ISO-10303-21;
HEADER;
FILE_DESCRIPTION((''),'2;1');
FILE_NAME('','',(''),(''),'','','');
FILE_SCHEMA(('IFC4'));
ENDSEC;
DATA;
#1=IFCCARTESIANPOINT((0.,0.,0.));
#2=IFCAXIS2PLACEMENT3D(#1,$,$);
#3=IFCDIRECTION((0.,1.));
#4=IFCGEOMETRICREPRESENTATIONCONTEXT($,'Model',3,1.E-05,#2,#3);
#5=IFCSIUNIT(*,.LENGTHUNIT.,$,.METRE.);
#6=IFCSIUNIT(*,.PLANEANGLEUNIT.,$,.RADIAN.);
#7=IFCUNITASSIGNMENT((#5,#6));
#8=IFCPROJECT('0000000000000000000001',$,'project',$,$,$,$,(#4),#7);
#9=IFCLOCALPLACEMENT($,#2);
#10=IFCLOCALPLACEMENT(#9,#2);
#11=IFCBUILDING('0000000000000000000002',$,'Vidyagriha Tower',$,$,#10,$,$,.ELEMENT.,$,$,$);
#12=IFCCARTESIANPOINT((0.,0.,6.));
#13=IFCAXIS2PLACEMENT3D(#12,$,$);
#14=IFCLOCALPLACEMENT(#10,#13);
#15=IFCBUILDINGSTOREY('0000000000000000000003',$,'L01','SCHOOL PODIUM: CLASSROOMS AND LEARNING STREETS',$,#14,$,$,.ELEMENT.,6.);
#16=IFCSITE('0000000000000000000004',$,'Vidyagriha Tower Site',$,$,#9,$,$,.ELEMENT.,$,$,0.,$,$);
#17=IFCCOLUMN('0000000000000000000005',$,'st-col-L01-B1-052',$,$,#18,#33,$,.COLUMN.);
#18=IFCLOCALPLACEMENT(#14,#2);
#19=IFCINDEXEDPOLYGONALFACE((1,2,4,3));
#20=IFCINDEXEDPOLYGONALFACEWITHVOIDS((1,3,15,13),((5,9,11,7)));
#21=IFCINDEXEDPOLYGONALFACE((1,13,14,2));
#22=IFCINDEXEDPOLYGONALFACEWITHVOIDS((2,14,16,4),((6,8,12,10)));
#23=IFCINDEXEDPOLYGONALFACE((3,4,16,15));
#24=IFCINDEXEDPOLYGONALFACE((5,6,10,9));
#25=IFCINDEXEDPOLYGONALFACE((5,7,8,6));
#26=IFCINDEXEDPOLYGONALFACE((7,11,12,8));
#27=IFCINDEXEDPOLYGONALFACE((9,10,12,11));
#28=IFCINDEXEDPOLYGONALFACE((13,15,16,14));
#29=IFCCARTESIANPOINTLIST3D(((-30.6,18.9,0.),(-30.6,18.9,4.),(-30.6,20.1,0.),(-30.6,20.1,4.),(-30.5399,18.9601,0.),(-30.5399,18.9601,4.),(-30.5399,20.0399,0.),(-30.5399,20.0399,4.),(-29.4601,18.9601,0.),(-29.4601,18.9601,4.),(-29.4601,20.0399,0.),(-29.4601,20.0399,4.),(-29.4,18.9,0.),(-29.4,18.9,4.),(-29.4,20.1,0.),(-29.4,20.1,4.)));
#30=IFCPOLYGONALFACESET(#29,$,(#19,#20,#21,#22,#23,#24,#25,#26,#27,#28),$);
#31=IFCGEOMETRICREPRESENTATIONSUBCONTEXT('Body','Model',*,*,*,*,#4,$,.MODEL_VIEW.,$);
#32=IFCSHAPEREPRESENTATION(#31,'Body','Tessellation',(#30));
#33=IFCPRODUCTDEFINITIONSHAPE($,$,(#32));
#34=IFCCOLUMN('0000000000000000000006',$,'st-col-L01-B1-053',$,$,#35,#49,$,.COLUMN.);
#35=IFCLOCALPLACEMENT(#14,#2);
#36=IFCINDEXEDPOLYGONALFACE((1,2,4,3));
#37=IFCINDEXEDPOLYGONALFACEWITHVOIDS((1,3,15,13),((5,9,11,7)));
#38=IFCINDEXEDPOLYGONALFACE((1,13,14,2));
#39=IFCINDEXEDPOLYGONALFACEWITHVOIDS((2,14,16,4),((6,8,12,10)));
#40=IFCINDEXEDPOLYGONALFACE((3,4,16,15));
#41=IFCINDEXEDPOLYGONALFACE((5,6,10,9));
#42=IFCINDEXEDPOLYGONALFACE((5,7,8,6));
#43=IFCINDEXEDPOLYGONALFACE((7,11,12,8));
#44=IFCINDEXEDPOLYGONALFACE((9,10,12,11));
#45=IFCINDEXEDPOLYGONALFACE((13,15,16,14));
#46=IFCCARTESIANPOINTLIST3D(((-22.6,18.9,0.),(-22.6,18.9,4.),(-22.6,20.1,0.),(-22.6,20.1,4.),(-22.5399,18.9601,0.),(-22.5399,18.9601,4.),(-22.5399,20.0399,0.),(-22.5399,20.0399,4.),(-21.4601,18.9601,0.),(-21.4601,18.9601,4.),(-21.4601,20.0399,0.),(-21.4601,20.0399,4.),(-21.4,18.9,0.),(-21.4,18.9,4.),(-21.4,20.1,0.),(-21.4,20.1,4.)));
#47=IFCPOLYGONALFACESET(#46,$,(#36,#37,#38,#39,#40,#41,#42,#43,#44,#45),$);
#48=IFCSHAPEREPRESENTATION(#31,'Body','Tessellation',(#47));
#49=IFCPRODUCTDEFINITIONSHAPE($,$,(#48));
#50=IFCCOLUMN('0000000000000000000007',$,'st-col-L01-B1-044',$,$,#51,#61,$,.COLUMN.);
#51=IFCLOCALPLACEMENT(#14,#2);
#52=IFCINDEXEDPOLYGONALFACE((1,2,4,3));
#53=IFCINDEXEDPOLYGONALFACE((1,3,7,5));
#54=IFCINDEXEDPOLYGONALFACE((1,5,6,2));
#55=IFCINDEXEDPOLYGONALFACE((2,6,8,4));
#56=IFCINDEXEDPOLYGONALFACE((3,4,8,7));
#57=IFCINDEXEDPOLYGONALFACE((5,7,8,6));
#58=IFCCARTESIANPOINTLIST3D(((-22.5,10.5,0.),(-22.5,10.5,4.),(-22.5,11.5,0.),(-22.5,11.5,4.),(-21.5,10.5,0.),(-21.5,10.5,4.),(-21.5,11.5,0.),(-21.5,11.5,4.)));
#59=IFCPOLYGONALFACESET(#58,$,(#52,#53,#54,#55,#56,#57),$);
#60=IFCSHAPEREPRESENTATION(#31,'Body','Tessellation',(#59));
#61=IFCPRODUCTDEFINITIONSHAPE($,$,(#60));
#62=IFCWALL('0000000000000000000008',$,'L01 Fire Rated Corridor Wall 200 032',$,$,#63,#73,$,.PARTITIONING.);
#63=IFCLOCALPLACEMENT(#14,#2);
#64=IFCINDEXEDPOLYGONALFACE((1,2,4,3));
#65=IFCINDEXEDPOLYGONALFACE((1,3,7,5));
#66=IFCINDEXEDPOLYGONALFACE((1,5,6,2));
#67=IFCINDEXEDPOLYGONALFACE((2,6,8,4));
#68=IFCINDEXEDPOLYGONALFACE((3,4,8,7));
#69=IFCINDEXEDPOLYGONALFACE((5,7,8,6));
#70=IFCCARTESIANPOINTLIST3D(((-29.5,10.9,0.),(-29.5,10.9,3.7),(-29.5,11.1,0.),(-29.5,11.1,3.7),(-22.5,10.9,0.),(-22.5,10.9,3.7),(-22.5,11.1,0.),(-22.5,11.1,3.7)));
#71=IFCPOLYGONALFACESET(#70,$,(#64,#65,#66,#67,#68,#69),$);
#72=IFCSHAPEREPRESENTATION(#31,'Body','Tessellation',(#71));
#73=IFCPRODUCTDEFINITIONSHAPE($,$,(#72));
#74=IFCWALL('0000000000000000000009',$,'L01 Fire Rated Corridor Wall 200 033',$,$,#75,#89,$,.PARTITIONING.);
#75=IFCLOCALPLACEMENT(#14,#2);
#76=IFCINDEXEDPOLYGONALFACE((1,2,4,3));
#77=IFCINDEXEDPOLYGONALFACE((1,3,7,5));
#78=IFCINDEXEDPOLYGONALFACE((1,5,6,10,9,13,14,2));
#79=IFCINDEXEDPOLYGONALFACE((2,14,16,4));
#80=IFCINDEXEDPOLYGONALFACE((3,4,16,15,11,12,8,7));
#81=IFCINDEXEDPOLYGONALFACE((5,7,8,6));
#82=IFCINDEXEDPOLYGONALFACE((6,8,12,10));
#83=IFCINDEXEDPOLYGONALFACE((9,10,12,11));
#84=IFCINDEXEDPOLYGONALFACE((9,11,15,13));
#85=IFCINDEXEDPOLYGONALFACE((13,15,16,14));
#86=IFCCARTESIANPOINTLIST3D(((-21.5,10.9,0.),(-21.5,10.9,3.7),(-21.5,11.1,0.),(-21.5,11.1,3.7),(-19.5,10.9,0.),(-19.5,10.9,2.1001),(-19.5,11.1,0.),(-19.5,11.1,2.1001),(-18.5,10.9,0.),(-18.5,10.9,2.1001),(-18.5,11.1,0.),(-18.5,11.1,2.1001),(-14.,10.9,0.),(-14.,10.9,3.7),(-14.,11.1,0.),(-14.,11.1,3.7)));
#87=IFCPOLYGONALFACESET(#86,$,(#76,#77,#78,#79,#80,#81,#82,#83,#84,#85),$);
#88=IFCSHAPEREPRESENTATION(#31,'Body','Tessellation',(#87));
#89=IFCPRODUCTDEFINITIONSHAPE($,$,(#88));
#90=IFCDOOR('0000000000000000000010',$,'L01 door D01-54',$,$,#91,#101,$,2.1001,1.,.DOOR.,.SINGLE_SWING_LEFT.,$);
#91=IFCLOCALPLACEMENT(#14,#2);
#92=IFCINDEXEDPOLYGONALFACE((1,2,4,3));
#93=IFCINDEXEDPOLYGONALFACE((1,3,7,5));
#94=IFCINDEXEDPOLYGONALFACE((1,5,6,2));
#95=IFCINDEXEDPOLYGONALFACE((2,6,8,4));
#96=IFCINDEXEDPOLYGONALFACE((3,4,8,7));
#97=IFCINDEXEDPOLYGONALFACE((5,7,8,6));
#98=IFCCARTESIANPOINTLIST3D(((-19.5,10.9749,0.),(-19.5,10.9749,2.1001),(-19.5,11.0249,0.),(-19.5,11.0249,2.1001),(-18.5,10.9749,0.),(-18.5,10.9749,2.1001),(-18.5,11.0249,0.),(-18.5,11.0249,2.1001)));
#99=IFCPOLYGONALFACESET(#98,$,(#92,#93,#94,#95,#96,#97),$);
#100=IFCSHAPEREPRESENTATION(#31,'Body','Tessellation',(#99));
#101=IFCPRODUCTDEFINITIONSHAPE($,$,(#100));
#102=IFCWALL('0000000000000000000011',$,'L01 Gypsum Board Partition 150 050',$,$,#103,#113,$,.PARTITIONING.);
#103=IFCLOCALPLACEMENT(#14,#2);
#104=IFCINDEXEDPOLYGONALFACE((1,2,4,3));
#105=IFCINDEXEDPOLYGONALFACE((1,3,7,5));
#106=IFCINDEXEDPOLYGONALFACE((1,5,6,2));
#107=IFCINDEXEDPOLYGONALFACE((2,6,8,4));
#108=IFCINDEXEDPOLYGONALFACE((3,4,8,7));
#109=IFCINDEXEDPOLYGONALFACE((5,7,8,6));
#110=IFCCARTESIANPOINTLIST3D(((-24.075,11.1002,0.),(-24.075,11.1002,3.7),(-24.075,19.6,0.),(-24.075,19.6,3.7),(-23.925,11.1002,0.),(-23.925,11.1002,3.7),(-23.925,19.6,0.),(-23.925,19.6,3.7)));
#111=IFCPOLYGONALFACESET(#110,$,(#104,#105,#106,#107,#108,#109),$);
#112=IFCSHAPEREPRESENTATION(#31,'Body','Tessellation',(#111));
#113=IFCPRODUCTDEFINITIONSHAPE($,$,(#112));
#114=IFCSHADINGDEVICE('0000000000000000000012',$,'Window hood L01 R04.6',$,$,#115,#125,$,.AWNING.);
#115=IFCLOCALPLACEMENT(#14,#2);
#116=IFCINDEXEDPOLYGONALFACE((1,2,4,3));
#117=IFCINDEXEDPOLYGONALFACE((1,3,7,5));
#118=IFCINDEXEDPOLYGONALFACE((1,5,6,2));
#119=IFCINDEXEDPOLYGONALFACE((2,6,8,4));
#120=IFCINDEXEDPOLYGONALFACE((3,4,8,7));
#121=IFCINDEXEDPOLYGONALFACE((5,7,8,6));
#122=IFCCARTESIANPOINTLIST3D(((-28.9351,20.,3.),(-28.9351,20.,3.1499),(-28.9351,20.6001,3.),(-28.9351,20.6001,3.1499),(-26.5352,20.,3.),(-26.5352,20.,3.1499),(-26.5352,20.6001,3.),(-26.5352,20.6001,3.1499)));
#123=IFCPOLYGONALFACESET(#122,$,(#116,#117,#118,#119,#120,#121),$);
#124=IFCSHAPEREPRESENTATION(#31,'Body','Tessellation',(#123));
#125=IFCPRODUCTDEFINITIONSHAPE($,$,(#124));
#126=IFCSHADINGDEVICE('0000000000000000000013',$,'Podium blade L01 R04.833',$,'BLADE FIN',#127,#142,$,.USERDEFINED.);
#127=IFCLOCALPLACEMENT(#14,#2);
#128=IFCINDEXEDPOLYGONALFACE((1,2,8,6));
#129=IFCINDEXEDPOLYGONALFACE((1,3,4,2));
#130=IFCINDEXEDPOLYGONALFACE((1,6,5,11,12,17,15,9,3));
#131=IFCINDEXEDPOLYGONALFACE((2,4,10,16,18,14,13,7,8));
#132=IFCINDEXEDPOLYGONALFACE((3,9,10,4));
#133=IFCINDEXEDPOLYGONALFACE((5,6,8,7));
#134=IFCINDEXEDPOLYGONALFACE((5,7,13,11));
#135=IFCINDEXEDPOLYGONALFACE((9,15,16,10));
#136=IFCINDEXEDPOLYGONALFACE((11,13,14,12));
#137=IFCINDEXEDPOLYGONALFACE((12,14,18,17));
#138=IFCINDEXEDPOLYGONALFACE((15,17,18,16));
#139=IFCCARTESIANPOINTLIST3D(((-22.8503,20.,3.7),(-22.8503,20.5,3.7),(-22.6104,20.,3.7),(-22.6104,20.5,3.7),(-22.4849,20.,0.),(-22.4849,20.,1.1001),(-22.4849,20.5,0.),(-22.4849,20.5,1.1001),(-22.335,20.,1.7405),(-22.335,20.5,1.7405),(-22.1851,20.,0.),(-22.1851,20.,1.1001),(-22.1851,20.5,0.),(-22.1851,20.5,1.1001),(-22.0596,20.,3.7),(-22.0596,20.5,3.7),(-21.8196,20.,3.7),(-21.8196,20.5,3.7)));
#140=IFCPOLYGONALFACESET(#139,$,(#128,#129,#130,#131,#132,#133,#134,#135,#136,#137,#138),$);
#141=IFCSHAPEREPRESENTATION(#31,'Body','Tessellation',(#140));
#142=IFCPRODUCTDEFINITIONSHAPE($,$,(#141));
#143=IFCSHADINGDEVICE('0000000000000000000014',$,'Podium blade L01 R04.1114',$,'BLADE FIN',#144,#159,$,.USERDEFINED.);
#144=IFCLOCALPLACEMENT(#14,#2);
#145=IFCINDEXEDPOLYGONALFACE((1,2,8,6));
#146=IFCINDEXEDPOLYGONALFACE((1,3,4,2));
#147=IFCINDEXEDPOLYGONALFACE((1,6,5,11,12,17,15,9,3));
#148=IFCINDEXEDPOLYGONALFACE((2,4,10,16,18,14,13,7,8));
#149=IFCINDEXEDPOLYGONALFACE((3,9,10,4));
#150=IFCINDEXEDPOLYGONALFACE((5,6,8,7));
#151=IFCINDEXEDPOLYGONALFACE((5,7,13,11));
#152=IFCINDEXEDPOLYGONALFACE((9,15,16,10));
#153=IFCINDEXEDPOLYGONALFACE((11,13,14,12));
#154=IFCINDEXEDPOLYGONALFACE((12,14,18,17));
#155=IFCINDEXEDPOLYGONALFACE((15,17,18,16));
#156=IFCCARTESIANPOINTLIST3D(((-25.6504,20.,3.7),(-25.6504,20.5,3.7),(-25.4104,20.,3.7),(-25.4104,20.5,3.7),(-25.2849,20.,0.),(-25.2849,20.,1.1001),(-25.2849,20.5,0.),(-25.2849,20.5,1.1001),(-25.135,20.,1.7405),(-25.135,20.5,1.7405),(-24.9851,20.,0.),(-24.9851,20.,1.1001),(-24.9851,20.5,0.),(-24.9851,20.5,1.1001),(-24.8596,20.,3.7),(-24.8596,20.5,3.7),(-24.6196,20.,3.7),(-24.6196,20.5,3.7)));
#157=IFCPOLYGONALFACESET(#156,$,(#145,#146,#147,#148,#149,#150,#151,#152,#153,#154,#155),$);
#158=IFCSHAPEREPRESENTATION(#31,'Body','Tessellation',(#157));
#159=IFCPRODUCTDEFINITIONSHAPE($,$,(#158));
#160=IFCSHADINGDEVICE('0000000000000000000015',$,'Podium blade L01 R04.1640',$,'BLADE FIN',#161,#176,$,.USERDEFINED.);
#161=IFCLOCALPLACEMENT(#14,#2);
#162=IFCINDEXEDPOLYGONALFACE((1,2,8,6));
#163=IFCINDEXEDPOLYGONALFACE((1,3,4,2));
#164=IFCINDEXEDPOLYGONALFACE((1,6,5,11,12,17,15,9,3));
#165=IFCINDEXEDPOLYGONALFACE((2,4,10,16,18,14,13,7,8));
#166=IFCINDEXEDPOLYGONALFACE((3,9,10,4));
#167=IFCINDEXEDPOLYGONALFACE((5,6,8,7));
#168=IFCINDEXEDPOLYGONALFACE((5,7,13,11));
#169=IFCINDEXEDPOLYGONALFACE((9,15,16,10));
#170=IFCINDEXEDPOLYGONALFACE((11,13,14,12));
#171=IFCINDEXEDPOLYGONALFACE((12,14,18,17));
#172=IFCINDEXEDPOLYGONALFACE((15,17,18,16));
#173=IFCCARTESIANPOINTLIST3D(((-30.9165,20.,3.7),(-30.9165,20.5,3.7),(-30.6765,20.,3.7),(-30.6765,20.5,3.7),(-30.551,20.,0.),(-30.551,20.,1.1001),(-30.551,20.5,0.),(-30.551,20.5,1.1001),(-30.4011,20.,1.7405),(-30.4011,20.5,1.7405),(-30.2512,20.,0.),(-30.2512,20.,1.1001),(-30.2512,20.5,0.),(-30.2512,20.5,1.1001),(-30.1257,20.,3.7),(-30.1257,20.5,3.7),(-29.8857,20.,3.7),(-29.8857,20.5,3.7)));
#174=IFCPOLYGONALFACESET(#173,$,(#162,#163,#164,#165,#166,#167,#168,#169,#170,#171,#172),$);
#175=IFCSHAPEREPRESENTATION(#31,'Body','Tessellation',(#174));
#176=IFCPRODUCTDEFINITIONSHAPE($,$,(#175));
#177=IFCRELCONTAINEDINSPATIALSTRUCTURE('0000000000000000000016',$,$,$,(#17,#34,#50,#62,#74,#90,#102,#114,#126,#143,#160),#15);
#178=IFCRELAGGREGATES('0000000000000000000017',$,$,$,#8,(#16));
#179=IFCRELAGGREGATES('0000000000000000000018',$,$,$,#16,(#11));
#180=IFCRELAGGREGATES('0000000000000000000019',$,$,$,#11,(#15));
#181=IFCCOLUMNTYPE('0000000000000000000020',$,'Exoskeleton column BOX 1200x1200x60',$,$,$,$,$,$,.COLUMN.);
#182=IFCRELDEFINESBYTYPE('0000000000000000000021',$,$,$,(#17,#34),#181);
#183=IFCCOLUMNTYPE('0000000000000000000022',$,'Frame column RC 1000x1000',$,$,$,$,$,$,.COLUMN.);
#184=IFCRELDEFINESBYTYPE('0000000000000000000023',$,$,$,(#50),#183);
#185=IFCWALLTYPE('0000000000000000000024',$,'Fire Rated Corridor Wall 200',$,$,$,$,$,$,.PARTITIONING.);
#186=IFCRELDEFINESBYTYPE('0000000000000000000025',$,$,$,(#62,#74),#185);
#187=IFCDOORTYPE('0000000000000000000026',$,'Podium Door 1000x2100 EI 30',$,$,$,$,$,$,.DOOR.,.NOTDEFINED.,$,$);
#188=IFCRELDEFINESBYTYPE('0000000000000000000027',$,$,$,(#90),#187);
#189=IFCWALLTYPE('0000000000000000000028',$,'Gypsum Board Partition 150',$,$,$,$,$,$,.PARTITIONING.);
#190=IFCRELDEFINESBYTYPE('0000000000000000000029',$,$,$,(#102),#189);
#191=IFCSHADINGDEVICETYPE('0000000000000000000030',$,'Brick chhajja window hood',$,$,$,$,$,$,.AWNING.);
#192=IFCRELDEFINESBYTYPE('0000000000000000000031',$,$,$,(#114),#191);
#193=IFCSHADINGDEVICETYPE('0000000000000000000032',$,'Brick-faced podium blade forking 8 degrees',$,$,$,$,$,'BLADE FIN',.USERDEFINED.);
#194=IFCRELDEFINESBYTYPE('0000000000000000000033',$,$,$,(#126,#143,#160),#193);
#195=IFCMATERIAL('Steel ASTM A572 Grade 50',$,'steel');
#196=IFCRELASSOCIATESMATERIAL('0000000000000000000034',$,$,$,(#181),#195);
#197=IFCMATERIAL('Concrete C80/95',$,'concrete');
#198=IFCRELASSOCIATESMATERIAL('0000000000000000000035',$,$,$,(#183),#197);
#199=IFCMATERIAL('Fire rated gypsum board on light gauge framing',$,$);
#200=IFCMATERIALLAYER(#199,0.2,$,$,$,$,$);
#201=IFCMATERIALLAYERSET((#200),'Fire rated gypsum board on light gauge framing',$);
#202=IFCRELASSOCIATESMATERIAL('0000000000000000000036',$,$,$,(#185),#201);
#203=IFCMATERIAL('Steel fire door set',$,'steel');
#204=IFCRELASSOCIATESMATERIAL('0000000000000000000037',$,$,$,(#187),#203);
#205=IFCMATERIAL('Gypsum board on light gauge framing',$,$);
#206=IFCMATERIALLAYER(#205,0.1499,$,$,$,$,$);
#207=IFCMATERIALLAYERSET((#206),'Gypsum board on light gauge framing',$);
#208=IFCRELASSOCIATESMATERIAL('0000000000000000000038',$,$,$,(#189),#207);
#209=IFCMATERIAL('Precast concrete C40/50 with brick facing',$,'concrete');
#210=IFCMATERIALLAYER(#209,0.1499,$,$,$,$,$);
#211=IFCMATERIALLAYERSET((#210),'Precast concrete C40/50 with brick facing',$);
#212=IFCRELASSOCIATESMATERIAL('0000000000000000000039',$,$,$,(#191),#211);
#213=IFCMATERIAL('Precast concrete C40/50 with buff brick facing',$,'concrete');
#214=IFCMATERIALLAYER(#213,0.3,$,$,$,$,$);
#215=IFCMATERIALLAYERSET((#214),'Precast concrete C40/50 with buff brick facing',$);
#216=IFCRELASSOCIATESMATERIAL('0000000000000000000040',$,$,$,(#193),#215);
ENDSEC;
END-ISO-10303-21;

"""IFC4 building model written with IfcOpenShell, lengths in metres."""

from ifc_helpers import new_model, si_unit, direction, frame, frame_2d, origin, origin_2d, place, context, subcontext, project, spatial, polyline, rectangle, hollow_rectangle, outline, extrude, material, layer, layer_set, material_profile, profile_set, type_object, element, fill, save


model = new_model("IFC4")

# Units and contexts
model_context = context("Model", 3, precision=1e-05, world=origin(), true_north=direction((0.0, 1.0)))
body_context = subcontext(model_context, "Body", "Model", "MODEL_VIEW")
ifc_project = project(units=[si_unit("LENGTHUNIT", "METRE"), si_unit("PLANEANGLEUNIT", "RADIAN")], contexts=[model_context])

# Site, building, storey
site_placement = place(None, origin())
site = spatial("IfcSite", under=ifc_project, at=site_placement, Name="Vidyagriha Tower Site", CompositionType="ELEMENT", RefElevation=0.0)
building_placement = place(site_placement, origin())
building = spatial("IfcBuilding", under=site, at=building_placement, Name="Vidyagriha Tower", CompositionType="ELEMENT")
storey_placement = place(building_placement, frame((0.0, 0.0, 6.0)))
storey = spatial("IfcBuildingStorey", under=building, at=storey_placement, Name="L01", Description="SCHOOL PODIUM: CLASSROOMS AND LEARNING STREETS", CompositionType="ELEMENT", Elevation=6.0)

# Columns
ifc_material_1 = material(Name="Steel ASTM A572 Grade 50", Category="steel")
ifc_material_profile_1 = material_profile(ifc_material_1, hollow_rectangle(XDim=1.2, YDim=1.2, WallThickness=0.0601, at=origin_2d()), Name="BOX 1200x1200x60")
ifc_profile_set_1 = profile_set([ifc_material_profile_1], Name="Steel ASTM A572 Grade 50")
column_type_1 = type_object("IfcColumnType", Name="Exoskeleton column BOX 1200x1200x60", PredefinedType="COLUMN", material=ifc_profile_set_1)
for number, where, name in (
    (1, (-30.0, 19.5, 0.0), "st-col-L01-B1-052"),
    (2, (-22.0, 19.5, 0.0), "st-col-L01-B1-053"),
):
    element("IfcColumn", number, at=place(storey_placement, frame(where)), inside=storey, type_object=column_type_1, Name=name, PredefinedType="COLUMN", context=body_context, shape_type="SweptSolid", body=[
        extrude(hollow_rectangle(XDim=1.2, YDim=1.2, WallThickness=0.0601, at=origin_2d()), origin(), (0.0, 0.0, 1.0), 4.0),
    ])
ifc_material_2 = material(Name="Concrete C80/95", Category="concrete")
ifc_material_profile_2 = material_profile(ifc_material_2, rectangle(XDim=1.0, YDim=1.0, at=origin_2d()), Name="RC 1000x1000")
ifc_profile_set_2 = profile_set([ifc_material_profile_2], Name="Concrete C80/95")
column_type_2 = type_object("IfcColumnType", Name="Frame column RC 1000x1000", PredefinedType="COLUMN", material=ifc_profile_set_2)
column_placement = place(storey_placement, frame((-22.0, 11.0, 0.0)))
element("IfcColumn", 3, at=column_placement, inside=storey, type_object=column_type_2, Name="st-col-L01-B1-044", PredefinedType="COLUMN", context=body_context, shape_type="SweptSolid", body=[
    extrude(rectangle(XDim=1.0, YDim=1.0, at=origin_2d()), origin(), (0.0, 0.0, 1.0), 4.0),
])

# Wall
ifc_material_3 = material(Name="Fire rated gypsum board on light gauge framing")
ifc_layer_1 = layer(ifc_material_3, 0.2)
ifc_layer_set_1 = layer_set([ifc_layer_1], Name="Fire rated gypsum board on light gauge framing")
wall_type_1 = type_object("IfcWallType", Name="Fire Rated Corridor Wall 200", PredefinedType="PARTITIONING", material=ifc_layer_set_1)
wall_1_placement = place(storey_placement, frame((-29.5, 11.0, 0.0)))
element("IfcWall", 4, at=wall_1_placement, inside=storey, type_object=wall_type_1, Name="L01 Fire Rated Corridor Wall 200 032", PredefinedType="PARTITIONING", context=body_context, shape_type="SweptSolid", body=[
    extrude(rectangle(XDim=7.0, YDim=0.2, at=frame_2d((3.5, 0.0))), origin(), (0.0, 0.0, 1.0), 3.7),
])

# Wall, opening, door
wall_2_placement = place(storey_placement, frame((-21.5, 11.0, 0.0)))
wall_2 = element("IfcWall", 5, at=wall_2_placement, inside=storey, type_object=wall_type_1, Name="L01 Fire Rated Corridor Wall 200 033", PredefinedType="PARTITIONING", context=body_context, shape_type="SweptSolid", body=[
    extrude(rectangle(XDim=7.5, YDim=0.2, at=frame_2d((3.75, 0.0))), origin(), (0.0, 0.0, 1.0), 3.7),
])
opening_placement = place(wall_2_placement, frame((2.0, 0.0, 0.0)))
opening = element("IfcOpeningElement", 6, at=opening_placement, cuts=wall_2, PredefinedType="OPENING", context=body_context, shape_type="SweptSolid", body=[
    extrude(rectangle(XDim=1.0, YDim=2.1001, at=frame_2d((0.5, 1.05))), frame((0.0, 0.1099, 0.0), z_axis=(0.0, -1.0, 0.0), x_axis=(1.0, 0.0, 0.0)), (0.0, 0.0, 1.0), 0.22),
])
ifc_material_4 = material(Name="Steel fire door set", Category="steel")
door_type = type_object("IfcDoorType", Name="Podium Door 1000x2100 EI 30", OperationType="NOTDEFINED", PredefinedType="DOOR", material=ifc_material_4)
door_placement = place(opening_placement, origin())
door = element("IfcDoor", 7, at=door_placement, inside=storey, type_object=door_type, Name="L01 door D01-54", OperationType="SINGLE_SWING_LEFT", OverallHeight=2.1001, OverallWidth=1.0, PredefinedType="DOOR", context=body_context, shape_type="SweptSolid", body=[
    extrude(rectangle(XDim=1.0, YDim=2.1001, at=frame_2d((0.5, 1.05))), frame((0.0, 0.0249, 0.0), z_axis=(0.0, -1.0, 0.0), x_axis=(1.0, 0.0, 0.0)), (0.0, 0.0, 1.0), 0.05),
])
fill(opening, door)

# Wall
ifc_material_5 = material(Name="Gypsum board on light gauge framing")
ifc_layer_2 = layer(ifc_material_5, 0.1499)
ifc_layer_set_2 = layer_set([ifc_layer_2], Name="Gypsum board on light gauge framing")
wall_type_2 = type_object("IfcWallType", Name="Gypsum Board Partition 150", PredefinedType="PARTITIONING", material=ifc_layer_set_2)
wall_3_placement = place(storey_placement, frame((-24.0, 11.1001, 0.0), z_axis=(0.0, 0.0, 1.0), x_axis=(0.0, 1.0, 0.0)))
element("IfcWall", 8, at=wall_3_placement, inside=storey, type_object=wall_type_2, Name="L01 Gypsum Board Partition 150 050", PredefinedType="PARTITIONING", context=body_context, shape_type="SweptSolid", body=[
    extrude(rectangle(XDim=8.4998, YDim=0.1499, at=frame_2d((4.25, 0.0))), origin(), (0.0, 0.0, 1.0), 3.7),
])

# Shading devices
ifc_material_6 = material(Name="Precast concrete C40/50 with brick facing", Category="concrete")
ifc_layer_3 = layer(ifc_material_6, 0.1499)
ifc_layer_set_3 = layer_set([ifc_layer_3], Name="Precast concrete C40/50 with brick facing")
shading_device_type_1 = type_object("IfcShadingDeviceType", Name="Brick chhajja window hood", PredefinedType="AWNING", material=ifc_layer_set_3)
shading_device_placement = place(storey_placement, frame((-27.7351, 20.3, 3.0), z_axis=(0.0, 0.0, 1.0), x_axis=(-1.0, 0.0, 0.0)))
element("IfcShadingDevice", 9, at=shading_device_placement, inside=storey, type_object=shading_device_type_1, Name="Window hood L01 R04.6", PredefinedType="AWNING", context=body_context, shape_type="SweptSolid", body=[
    extrude(rectangle(XDim=2.3999, YDim=0.6001, at=origin_2d()), origin(), (0.0, 0.0, 1.0), 0.1499),
])
ifc_material_7 = material(Name="Precast concrete C40/50 with buff brick facing", Category="concrete")
ifc_layer_4 = layer(ifc_material_7, 0.3)
ifc_layer_set_4 = layer_set([ifc_layer_4], Name="Precast concrete C40/50 with buff brick facing")
shading_device_type_2 = type_object("IfcShadingDeviceType", Name="Brick-faced podium blade forking 8 degrees", ElementType="BLADE FIN", PredefinedType="USERDEFINED", material=ifc_layer_set_4)
for number, where, z_axis, x_axis, name in (
    (10, (-21.8196, 20.25, 0.0), (0.0, 0.0, 1.0), (-1.0, 0.0, 0.0), "Podium blade L01 R04.833"),
    (11, (-24.6196, 20.25, 0.0), (0.0, 0.0, 1.0), (-1.0, 0.0, 0.0), "Podium blade L01 R04.1114"),
    (12, (-29.8857, 20.25, 0.0), (0.0, 0.0, 1.0), (-1.0, 0.0, 0.0), "Podium blade L01 R04.1640"),
):
    element("IfcShadingDevice", number, at=place(storey_placement, frame(where, z_axis=z_axis, x_axis=x_axis)), inside=storey, type_object=shading_device_type_2, Name=name, ObjectType="BLADE FIN", PredefinedType="USERDEFINED", context=body_context, shape_type="SweptSolid", body=[
        extrude(outline(polyline([(0.6653, 0.0), (0.6653, 1.1001), (1.0308, 3.7), (0.7908, 3.7), (0.5154, 1.7405), (0.24, 3.7), (0.0, 3.7), (0.3655, 1.1001), (0.3655, 0.0), (0.6653, 0.0)])), frame((0.0, 0.25, 0.0), z_axis=(0.0, -1.0, 0.0), x_axis=(1.0, 0.0, 0.0)), (0.0, 0.0, 1.0), 0.5),
    ])

save(model, "model.ifc")
